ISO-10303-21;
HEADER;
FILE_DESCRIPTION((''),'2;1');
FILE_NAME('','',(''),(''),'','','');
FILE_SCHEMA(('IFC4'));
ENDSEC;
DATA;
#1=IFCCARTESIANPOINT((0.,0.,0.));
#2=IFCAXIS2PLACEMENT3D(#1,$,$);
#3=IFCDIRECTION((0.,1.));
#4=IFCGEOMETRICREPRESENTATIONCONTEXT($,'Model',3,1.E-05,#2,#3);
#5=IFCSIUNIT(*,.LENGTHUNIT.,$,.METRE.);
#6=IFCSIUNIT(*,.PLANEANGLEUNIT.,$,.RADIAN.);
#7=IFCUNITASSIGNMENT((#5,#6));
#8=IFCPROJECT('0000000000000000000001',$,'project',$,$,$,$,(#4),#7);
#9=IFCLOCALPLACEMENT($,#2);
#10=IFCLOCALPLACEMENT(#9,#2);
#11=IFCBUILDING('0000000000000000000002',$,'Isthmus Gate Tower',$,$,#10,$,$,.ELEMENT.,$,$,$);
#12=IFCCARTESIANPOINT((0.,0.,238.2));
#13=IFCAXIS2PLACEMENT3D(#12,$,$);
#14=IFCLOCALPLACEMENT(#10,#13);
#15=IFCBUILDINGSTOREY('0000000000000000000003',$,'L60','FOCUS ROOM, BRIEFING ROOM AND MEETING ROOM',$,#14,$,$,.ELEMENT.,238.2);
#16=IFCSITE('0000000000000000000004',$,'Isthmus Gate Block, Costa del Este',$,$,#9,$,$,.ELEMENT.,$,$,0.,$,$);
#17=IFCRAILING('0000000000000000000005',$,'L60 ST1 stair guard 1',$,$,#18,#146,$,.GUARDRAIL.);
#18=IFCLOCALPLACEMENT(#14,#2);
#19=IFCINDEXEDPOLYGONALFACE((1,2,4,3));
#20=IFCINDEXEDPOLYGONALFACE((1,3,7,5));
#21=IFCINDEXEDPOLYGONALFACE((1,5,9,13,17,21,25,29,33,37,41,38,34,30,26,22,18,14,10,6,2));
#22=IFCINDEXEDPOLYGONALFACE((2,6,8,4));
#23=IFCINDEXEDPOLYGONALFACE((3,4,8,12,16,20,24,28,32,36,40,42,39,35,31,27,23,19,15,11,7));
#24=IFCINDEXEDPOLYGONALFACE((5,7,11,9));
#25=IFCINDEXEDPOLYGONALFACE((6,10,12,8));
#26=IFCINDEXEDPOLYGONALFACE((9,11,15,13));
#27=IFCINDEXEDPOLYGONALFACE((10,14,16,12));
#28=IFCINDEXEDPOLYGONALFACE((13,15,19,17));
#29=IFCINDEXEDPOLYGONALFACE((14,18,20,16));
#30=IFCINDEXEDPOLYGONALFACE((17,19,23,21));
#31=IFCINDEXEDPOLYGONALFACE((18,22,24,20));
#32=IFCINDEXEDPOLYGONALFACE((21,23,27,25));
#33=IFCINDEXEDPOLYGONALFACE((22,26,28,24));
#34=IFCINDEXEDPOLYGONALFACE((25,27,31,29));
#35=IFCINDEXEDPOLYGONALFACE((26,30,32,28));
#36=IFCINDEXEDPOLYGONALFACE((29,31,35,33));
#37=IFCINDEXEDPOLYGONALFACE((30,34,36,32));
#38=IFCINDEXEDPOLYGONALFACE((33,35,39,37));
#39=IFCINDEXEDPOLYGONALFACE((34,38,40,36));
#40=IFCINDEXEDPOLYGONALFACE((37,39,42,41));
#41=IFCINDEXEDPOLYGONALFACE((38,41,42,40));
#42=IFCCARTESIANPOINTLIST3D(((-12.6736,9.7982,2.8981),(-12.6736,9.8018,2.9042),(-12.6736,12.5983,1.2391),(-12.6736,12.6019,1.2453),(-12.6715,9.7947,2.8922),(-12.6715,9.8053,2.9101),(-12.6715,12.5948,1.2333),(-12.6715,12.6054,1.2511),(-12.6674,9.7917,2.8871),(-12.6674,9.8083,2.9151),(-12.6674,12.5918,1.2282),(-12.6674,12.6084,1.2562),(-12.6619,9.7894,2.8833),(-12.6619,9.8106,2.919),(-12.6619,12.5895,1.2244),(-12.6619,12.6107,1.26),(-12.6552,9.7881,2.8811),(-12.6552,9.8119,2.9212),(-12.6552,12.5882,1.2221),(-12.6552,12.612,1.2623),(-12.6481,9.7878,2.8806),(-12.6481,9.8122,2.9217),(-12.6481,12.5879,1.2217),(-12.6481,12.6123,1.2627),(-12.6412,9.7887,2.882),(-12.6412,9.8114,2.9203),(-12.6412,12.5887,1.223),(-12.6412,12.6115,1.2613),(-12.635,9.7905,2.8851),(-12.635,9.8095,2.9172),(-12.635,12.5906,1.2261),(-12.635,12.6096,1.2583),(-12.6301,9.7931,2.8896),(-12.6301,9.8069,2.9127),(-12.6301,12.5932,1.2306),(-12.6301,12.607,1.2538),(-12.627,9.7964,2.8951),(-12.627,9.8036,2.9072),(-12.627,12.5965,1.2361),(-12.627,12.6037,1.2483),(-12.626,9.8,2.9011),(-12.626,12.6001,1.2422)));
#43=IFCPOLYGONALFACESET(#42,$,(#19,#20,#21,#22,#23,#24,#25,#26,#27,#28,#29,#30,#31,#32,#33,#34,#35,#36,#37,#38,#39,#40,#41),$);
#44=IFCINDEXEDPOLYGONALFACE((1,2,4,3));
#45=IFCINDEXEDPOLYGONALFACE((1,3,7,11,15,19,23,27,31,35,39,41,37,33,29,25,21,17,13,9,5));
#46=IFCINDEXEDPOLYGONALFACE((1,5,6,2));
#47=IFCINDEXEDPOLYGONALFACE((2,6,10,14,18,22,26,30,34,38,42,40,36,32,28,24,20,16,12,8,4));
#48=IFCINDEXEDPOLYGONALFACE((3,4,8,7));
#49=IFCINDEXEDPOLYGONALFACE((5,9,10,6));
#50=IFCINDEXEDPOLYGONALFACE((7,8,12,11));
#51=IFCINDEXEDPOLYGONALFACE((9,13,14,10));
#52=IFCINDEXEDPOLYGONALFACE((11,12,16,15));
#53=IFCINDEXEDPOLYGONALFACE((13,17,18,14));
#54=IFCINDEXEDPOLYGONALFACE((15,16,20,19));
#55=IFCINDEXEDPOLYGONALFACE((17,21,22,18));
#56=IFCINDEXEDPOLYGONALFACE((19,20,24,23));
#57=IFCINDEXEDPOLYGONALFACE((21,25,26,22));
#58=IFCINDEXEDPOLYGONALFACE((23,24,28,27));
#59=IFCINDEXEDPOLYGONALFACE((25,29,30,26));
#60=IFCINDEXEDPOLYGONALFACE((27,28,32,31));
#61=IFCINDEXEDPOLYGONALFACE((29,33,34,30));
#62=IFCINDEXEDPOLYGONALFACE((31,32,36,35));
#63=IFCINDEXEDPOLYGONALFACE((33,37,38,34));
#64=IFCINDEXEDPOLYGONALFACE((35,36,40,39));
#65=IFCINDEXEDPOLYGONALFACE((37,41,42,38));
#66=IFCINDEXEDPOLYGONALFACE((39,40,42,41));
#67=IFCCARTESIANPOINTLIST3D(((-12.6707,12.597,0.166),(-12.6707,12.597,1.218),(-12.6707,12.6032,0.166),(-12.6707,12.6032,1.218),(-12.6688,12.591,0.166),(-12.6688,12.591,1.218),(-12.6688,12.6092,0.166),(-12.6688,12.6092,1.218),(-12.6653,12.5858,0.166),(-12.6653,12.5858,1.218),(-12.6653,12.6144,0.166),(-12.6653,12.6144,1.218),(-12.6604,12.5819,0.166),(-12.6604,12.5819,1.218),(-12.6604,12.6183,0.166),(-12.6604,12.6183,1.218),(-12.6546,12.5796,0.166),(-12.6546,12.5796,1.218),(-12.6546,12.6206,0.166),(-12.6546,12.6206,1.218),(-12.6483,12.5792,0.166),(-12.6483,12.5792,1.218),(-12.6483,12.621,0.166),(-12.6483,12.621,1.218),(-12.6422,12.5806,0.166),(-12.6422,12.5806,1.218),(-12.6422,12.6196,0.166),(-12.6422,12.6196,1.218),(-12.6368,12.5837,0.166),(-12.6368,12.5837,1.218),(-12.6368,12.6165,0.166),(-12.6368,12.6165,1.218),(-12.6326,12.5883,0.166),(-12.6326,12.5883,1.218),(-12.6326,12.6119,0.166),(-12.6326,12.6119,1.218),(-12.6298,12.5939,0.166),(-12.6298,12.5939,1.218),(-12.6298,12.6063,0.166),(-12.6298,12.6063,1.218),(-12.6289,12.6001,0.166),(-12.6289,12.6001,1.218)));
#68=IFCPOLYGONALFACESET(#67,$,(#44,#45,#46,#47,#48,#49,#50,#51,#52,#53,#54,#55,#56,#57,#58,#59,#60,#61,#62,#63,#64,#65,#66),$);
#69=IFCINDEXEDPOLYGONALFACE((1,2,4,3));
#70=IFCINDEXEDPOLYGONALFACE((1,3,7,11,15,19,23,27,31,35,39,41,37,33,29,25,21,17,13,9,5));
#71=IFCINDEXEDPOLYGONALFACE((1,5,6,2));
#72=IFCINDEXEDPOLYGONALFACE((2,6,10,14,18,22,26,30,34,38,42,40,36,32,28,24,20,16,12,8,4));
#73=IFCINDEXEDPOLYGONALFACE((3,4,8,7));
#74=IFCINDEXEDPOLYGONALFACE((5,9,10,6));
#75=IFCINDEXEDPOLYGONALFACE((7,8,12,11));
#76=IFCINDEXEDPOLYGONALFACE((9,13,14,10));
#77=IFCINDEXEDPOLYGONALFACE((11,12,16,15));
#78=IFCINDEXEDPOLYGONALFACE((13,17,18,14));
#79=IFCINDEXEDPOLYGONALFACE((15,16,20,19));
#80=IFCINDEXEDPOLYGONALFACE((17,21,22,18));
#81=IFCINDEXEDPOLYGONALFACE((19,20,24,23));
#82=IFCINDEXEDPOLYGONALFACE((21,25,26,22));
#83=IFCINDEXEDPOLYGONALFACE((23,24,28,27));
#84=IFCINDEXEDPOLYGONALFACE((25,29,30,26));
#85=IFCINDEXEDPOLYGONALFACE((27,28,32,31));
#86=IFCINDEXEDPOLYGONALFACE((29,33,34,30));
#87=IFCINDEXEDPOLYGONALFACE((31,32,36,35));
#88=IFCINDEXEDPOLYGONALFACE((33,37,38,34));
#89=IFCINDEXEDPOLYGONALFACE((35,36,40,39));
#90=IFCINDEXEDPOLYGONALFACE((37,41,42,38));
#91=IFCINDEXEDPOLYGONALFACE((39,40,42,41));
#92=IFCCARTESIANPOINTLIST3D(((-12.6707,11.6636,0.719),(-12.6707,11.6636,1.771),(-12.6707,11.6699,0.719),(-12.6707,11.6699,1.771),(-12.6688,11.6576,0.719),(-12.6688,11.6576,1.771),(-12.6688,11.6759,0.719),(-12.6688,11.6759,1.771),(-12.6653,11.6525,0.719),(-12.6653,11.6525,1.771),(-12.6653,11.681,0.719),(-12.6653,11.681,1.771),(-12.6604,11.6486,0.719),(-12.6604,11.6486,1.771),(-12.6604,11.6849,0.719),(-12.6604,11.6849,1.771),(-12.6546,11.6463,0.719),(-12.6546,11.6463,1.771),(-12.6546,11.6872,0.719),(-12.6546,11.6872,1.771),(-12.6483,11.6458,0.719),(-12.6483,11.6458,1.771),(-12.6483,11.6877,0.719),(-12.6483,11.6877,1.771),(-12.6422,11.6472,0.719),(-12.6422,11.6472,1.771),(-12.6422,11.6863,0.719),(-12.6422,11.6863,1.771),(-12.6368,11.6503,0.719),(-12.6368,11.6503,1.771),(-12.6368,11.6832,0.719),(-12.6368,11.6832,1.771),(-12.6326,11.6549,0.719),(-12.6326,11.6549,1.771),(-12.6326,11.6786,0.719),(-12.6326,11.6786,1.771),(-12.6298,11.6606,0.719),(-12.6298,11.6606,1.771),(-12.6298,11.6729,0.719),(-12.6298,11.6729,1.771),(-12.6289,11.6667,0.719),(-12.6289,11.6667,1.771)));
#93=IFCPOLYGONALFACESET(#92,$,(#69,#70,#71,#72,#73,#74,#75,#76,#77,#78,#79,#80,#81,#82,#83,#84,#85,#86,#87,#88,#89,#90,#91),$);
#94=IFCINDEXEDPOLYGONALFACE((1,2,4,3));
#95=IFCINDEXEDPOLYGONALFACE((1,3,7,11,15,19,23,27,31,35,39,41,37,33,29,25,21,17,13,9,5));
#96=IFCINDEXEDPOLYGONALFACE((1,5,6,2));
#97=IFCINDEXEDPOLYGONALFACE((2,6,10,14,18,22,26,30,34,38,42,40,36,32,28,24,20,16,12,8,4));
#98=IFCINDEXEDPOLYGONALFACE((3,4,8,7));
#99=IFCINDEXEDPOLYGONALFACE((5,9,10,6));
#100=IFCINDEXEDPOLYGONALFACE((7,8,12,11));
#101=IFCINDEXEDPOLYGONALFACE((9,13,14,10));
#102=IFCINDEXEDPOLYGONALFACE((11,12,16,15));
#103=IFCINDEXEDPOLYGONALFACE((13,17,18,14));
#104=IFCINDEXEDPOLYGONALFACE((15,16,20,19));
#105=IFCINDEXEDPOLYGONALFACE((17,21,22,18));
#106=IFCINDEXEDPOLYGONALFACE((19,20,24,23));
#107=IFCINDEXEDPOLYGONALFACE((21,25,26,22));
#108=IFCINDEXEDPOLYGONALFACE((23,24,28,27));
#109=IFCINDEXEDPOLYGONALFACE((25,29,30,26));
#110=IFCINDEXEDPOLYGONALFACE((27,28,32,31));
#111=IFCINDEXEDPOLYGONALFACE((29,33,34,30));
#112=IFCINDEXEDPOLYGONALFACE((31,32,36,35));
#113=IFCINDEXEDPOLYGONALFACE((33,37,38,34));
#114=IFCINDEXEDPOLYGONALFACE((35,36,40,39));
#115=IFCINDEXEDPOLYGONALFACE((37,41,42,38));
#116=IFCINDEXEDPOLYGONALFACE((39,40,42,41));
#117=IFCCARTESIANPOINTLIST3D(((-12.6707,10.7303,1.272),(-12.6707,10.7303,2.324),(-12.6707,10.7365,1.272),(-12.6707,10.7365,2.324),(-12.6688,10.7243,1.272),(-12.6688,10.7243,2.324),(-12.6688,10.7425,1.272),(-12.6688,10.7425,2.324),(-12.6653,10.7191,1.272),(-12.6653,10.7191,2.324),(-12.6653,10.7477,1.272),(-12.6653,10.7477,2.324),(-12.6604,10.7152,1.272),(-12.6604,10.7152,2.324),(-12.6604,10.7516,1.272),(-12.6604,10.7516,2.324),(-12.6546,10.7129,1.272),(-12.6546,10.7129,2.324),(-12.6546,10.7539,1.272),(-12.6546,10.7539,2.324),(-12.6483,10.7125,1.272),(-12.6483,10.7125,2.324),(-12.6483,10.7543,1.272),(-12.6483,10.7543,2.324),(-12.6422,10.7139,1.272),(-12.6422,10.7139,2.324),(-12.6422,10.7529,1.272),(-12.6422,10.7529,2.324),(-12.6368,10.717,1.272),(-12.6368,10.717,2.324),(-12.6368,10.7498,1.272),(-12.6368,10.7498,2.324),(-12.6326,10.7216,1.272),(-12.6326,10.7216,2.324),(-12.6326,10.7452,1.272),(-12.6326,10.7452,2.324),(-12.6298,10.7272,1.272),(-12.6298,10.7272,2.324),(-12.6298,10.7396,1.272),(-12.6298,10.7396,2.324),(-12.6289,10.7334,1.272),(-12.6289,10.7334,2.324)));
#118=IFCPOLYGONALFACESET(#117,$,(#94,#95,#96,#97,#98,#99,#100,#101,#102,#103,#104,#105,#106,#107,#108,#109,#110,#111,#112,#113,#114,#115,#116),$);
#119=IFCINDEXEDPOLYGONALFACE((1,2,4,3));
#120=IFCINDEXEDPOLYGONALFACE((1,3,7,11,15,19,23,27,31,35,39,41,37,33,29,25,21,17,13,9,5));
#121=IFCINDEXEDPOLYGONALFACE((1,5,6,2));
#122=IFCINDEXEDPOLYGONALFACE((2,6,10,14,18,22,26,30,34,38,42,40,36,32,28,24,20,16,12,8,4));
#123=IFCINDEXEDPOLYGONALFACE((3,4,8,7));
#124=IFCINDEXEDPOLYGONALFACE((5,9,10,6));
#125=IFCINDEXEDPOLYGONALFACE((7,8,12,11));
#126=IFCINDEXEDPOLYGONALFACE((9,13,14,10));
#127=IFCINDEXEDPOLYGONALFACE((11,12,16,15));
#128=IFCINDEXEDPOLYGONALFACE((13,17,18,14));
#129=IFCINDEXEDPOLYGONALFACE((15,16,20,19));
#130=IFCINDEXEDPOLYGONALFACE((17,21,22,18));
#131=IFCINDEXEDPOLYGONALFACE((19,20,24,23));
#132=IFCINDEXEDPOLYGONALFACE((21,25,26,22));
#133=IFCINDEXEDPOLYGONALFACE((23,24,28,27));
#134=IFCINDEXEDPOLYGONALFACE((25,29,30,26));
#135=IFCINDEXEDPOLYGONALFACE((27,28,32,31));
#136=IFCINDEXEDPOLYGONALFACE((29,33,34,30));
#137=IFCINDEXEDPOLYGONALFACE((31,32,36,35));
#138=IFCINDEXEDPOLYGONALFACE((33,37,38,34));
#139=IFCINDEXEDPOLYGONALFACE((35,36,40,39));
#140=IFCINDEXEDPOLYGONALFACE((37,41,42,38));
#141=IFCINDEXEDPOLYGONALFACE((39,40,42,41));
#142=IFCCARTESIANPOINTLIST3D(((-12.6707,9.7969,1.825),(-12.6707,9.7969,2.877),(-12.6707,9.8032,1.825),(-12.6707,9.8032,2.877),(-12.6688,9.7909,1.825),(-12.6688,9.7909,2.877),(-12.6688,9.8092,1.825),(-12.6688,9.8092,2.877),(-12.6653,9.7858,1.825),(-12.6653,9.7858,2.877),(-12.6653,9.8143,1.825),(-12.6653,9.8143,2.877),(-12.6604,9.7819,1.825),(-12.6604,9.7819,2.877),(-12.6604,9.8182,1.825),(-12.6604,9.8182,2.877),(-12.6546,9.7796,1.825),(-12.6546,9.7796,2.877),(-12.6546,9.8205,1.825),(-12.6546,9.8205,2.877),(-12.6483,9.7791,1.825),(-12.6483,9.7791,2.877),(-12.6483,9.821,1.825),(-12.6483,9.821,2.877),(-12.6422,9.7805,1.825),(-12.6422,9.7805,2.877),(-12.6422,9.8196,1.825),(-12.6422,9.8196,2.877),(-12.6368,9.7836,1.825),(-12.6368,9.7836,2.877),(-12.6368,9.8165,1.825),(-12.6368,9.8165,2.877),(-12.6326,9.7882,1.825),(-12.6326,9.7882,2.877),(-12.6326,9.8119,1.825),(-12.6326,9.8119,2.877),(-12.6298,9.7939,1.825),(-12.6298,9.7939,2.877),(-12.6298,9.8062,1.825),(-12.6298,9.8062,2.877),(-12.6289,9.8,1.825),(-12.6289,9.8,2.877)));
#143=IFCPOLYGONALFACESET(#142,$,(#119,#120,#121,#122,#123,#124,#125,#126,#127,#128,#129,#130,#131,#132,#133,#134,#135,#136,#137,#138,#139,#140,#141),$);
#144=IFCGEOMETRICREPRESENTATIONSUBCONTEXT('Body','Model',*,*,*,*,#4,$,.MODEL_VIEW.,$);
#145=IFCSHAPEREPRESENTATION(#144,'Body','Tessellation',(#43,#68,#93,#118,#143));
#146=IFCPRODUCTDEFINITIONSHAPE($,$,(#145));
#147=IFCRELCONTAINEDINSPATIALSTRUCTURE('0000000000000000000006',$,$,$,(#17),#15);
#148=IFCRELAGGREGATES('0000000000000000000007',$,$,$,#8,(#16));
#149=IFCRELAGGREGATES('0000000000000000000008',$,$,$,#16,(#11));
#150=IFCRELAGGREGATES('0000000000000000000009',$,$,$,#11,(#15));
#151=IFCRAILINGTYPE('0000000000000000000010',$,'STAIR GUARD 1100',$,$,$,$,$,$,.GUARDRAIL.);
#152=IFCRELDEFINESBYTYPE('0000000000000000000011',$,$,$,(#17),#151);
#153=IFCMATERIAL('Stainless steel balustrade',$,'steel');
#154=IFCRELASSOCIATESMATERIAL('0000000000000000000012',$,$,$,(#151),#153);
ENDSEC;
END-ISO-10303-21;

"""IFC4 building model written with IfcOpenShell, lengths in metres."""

from ifc_helpers import new_model, si_unit, direction, frame, origin, origin_2d, place, context, subcontext, project, spatial, circle, extrude, material, type_object, element, save


model = new_model("IFC4")

# Units and contexts
model_context = context("Model", 3, precision=1e-05, world=origin(), true_north=direction((0.0, 1.0)))
body_context = subcontext(model_context, "Body", "Model", "MODEL_VIEW")
ifc_project = project(units=[si_unit("LENGTHUNIT", "METRE"), si_unit("PLANEANGLEUNIT", "RADIAN")], contexts=[model_context])

# Site, building, storey
site_placement = place(None, origin())
site = spatial("IfcSite", under=ifc_project, at=site_placement, Name="Isthmus Gate Block, Costa del Este", CompositionType="ELEMENT", RefElevation=0.0)
building_placement = place(site_placement, origin())
building = spatial("IfcBuilding", under=site, at=building_placement, Name="Isthmus Gate Tower", CompositionType="ELEMENT")
storey_placement = place(building_placement, frame((0.0, 0.0, 238.2)))
storey = spatial("IfcBuildingStorey", under=building, at=storey_placement, Name="L60", Description="FOCUS ROOM, BRIEFING ROOM AND MEETING ROOM", CompositionType="ELEMENT", Elevation=238.2)

# Railing
ifc_material_1 = material(Name="Stainless steel balustrade", Category="steel")
railing_type_1 = type_object("IfcRailingType", Name="STAIR GUARD 1100", PredefinedType="GUARDRAIL", material=ifc_material_1)
railing_1_placement = place(storey_placement, frame((-12.6499, 12.6001, 0.166)))
element("IfcRailing", 1, at=railing_1_placement, inside=storey, type_object=railing_type_1, Name="L60 ST1 stair guard 1", PredefinedType="GUARDRAIL", context=body_context, shape_type="SweptSolid", body=[
    extrude(circle(Radius=0.0239, at=origin_2d()), frame((0.0, 0.0, 1.0762), z_axis=(0.0, -0.860339, 0.509722), x_axis=(1.0, 0.0, 0.0)), (0.0, 0.0, 1.0), 3.2546),
    extrude(circle(Radius=0.021, at=origin_2d()), origin(), (0.0, 0.0, 1.0), 1.052),
    extrude(circle(Radius=0.021, at=origin_2d()), frame((0.0, -0.9333, 0.553)), (0.0, 0.0, 1.0), 1.052),
    extrude(circle(Radius=0.021, at=origin_2d()), frame((0.0, -1.8667, 1.106)), (0.0, 0.0, 1.0), 1.052),
    extrude(circle(Radius=0.021, at=origin_2d()), frame((0.0, -2.8, 1.6589)), (0.0, 0.0, 1.0), 1.052),
])

save(model, "model.ifc")
